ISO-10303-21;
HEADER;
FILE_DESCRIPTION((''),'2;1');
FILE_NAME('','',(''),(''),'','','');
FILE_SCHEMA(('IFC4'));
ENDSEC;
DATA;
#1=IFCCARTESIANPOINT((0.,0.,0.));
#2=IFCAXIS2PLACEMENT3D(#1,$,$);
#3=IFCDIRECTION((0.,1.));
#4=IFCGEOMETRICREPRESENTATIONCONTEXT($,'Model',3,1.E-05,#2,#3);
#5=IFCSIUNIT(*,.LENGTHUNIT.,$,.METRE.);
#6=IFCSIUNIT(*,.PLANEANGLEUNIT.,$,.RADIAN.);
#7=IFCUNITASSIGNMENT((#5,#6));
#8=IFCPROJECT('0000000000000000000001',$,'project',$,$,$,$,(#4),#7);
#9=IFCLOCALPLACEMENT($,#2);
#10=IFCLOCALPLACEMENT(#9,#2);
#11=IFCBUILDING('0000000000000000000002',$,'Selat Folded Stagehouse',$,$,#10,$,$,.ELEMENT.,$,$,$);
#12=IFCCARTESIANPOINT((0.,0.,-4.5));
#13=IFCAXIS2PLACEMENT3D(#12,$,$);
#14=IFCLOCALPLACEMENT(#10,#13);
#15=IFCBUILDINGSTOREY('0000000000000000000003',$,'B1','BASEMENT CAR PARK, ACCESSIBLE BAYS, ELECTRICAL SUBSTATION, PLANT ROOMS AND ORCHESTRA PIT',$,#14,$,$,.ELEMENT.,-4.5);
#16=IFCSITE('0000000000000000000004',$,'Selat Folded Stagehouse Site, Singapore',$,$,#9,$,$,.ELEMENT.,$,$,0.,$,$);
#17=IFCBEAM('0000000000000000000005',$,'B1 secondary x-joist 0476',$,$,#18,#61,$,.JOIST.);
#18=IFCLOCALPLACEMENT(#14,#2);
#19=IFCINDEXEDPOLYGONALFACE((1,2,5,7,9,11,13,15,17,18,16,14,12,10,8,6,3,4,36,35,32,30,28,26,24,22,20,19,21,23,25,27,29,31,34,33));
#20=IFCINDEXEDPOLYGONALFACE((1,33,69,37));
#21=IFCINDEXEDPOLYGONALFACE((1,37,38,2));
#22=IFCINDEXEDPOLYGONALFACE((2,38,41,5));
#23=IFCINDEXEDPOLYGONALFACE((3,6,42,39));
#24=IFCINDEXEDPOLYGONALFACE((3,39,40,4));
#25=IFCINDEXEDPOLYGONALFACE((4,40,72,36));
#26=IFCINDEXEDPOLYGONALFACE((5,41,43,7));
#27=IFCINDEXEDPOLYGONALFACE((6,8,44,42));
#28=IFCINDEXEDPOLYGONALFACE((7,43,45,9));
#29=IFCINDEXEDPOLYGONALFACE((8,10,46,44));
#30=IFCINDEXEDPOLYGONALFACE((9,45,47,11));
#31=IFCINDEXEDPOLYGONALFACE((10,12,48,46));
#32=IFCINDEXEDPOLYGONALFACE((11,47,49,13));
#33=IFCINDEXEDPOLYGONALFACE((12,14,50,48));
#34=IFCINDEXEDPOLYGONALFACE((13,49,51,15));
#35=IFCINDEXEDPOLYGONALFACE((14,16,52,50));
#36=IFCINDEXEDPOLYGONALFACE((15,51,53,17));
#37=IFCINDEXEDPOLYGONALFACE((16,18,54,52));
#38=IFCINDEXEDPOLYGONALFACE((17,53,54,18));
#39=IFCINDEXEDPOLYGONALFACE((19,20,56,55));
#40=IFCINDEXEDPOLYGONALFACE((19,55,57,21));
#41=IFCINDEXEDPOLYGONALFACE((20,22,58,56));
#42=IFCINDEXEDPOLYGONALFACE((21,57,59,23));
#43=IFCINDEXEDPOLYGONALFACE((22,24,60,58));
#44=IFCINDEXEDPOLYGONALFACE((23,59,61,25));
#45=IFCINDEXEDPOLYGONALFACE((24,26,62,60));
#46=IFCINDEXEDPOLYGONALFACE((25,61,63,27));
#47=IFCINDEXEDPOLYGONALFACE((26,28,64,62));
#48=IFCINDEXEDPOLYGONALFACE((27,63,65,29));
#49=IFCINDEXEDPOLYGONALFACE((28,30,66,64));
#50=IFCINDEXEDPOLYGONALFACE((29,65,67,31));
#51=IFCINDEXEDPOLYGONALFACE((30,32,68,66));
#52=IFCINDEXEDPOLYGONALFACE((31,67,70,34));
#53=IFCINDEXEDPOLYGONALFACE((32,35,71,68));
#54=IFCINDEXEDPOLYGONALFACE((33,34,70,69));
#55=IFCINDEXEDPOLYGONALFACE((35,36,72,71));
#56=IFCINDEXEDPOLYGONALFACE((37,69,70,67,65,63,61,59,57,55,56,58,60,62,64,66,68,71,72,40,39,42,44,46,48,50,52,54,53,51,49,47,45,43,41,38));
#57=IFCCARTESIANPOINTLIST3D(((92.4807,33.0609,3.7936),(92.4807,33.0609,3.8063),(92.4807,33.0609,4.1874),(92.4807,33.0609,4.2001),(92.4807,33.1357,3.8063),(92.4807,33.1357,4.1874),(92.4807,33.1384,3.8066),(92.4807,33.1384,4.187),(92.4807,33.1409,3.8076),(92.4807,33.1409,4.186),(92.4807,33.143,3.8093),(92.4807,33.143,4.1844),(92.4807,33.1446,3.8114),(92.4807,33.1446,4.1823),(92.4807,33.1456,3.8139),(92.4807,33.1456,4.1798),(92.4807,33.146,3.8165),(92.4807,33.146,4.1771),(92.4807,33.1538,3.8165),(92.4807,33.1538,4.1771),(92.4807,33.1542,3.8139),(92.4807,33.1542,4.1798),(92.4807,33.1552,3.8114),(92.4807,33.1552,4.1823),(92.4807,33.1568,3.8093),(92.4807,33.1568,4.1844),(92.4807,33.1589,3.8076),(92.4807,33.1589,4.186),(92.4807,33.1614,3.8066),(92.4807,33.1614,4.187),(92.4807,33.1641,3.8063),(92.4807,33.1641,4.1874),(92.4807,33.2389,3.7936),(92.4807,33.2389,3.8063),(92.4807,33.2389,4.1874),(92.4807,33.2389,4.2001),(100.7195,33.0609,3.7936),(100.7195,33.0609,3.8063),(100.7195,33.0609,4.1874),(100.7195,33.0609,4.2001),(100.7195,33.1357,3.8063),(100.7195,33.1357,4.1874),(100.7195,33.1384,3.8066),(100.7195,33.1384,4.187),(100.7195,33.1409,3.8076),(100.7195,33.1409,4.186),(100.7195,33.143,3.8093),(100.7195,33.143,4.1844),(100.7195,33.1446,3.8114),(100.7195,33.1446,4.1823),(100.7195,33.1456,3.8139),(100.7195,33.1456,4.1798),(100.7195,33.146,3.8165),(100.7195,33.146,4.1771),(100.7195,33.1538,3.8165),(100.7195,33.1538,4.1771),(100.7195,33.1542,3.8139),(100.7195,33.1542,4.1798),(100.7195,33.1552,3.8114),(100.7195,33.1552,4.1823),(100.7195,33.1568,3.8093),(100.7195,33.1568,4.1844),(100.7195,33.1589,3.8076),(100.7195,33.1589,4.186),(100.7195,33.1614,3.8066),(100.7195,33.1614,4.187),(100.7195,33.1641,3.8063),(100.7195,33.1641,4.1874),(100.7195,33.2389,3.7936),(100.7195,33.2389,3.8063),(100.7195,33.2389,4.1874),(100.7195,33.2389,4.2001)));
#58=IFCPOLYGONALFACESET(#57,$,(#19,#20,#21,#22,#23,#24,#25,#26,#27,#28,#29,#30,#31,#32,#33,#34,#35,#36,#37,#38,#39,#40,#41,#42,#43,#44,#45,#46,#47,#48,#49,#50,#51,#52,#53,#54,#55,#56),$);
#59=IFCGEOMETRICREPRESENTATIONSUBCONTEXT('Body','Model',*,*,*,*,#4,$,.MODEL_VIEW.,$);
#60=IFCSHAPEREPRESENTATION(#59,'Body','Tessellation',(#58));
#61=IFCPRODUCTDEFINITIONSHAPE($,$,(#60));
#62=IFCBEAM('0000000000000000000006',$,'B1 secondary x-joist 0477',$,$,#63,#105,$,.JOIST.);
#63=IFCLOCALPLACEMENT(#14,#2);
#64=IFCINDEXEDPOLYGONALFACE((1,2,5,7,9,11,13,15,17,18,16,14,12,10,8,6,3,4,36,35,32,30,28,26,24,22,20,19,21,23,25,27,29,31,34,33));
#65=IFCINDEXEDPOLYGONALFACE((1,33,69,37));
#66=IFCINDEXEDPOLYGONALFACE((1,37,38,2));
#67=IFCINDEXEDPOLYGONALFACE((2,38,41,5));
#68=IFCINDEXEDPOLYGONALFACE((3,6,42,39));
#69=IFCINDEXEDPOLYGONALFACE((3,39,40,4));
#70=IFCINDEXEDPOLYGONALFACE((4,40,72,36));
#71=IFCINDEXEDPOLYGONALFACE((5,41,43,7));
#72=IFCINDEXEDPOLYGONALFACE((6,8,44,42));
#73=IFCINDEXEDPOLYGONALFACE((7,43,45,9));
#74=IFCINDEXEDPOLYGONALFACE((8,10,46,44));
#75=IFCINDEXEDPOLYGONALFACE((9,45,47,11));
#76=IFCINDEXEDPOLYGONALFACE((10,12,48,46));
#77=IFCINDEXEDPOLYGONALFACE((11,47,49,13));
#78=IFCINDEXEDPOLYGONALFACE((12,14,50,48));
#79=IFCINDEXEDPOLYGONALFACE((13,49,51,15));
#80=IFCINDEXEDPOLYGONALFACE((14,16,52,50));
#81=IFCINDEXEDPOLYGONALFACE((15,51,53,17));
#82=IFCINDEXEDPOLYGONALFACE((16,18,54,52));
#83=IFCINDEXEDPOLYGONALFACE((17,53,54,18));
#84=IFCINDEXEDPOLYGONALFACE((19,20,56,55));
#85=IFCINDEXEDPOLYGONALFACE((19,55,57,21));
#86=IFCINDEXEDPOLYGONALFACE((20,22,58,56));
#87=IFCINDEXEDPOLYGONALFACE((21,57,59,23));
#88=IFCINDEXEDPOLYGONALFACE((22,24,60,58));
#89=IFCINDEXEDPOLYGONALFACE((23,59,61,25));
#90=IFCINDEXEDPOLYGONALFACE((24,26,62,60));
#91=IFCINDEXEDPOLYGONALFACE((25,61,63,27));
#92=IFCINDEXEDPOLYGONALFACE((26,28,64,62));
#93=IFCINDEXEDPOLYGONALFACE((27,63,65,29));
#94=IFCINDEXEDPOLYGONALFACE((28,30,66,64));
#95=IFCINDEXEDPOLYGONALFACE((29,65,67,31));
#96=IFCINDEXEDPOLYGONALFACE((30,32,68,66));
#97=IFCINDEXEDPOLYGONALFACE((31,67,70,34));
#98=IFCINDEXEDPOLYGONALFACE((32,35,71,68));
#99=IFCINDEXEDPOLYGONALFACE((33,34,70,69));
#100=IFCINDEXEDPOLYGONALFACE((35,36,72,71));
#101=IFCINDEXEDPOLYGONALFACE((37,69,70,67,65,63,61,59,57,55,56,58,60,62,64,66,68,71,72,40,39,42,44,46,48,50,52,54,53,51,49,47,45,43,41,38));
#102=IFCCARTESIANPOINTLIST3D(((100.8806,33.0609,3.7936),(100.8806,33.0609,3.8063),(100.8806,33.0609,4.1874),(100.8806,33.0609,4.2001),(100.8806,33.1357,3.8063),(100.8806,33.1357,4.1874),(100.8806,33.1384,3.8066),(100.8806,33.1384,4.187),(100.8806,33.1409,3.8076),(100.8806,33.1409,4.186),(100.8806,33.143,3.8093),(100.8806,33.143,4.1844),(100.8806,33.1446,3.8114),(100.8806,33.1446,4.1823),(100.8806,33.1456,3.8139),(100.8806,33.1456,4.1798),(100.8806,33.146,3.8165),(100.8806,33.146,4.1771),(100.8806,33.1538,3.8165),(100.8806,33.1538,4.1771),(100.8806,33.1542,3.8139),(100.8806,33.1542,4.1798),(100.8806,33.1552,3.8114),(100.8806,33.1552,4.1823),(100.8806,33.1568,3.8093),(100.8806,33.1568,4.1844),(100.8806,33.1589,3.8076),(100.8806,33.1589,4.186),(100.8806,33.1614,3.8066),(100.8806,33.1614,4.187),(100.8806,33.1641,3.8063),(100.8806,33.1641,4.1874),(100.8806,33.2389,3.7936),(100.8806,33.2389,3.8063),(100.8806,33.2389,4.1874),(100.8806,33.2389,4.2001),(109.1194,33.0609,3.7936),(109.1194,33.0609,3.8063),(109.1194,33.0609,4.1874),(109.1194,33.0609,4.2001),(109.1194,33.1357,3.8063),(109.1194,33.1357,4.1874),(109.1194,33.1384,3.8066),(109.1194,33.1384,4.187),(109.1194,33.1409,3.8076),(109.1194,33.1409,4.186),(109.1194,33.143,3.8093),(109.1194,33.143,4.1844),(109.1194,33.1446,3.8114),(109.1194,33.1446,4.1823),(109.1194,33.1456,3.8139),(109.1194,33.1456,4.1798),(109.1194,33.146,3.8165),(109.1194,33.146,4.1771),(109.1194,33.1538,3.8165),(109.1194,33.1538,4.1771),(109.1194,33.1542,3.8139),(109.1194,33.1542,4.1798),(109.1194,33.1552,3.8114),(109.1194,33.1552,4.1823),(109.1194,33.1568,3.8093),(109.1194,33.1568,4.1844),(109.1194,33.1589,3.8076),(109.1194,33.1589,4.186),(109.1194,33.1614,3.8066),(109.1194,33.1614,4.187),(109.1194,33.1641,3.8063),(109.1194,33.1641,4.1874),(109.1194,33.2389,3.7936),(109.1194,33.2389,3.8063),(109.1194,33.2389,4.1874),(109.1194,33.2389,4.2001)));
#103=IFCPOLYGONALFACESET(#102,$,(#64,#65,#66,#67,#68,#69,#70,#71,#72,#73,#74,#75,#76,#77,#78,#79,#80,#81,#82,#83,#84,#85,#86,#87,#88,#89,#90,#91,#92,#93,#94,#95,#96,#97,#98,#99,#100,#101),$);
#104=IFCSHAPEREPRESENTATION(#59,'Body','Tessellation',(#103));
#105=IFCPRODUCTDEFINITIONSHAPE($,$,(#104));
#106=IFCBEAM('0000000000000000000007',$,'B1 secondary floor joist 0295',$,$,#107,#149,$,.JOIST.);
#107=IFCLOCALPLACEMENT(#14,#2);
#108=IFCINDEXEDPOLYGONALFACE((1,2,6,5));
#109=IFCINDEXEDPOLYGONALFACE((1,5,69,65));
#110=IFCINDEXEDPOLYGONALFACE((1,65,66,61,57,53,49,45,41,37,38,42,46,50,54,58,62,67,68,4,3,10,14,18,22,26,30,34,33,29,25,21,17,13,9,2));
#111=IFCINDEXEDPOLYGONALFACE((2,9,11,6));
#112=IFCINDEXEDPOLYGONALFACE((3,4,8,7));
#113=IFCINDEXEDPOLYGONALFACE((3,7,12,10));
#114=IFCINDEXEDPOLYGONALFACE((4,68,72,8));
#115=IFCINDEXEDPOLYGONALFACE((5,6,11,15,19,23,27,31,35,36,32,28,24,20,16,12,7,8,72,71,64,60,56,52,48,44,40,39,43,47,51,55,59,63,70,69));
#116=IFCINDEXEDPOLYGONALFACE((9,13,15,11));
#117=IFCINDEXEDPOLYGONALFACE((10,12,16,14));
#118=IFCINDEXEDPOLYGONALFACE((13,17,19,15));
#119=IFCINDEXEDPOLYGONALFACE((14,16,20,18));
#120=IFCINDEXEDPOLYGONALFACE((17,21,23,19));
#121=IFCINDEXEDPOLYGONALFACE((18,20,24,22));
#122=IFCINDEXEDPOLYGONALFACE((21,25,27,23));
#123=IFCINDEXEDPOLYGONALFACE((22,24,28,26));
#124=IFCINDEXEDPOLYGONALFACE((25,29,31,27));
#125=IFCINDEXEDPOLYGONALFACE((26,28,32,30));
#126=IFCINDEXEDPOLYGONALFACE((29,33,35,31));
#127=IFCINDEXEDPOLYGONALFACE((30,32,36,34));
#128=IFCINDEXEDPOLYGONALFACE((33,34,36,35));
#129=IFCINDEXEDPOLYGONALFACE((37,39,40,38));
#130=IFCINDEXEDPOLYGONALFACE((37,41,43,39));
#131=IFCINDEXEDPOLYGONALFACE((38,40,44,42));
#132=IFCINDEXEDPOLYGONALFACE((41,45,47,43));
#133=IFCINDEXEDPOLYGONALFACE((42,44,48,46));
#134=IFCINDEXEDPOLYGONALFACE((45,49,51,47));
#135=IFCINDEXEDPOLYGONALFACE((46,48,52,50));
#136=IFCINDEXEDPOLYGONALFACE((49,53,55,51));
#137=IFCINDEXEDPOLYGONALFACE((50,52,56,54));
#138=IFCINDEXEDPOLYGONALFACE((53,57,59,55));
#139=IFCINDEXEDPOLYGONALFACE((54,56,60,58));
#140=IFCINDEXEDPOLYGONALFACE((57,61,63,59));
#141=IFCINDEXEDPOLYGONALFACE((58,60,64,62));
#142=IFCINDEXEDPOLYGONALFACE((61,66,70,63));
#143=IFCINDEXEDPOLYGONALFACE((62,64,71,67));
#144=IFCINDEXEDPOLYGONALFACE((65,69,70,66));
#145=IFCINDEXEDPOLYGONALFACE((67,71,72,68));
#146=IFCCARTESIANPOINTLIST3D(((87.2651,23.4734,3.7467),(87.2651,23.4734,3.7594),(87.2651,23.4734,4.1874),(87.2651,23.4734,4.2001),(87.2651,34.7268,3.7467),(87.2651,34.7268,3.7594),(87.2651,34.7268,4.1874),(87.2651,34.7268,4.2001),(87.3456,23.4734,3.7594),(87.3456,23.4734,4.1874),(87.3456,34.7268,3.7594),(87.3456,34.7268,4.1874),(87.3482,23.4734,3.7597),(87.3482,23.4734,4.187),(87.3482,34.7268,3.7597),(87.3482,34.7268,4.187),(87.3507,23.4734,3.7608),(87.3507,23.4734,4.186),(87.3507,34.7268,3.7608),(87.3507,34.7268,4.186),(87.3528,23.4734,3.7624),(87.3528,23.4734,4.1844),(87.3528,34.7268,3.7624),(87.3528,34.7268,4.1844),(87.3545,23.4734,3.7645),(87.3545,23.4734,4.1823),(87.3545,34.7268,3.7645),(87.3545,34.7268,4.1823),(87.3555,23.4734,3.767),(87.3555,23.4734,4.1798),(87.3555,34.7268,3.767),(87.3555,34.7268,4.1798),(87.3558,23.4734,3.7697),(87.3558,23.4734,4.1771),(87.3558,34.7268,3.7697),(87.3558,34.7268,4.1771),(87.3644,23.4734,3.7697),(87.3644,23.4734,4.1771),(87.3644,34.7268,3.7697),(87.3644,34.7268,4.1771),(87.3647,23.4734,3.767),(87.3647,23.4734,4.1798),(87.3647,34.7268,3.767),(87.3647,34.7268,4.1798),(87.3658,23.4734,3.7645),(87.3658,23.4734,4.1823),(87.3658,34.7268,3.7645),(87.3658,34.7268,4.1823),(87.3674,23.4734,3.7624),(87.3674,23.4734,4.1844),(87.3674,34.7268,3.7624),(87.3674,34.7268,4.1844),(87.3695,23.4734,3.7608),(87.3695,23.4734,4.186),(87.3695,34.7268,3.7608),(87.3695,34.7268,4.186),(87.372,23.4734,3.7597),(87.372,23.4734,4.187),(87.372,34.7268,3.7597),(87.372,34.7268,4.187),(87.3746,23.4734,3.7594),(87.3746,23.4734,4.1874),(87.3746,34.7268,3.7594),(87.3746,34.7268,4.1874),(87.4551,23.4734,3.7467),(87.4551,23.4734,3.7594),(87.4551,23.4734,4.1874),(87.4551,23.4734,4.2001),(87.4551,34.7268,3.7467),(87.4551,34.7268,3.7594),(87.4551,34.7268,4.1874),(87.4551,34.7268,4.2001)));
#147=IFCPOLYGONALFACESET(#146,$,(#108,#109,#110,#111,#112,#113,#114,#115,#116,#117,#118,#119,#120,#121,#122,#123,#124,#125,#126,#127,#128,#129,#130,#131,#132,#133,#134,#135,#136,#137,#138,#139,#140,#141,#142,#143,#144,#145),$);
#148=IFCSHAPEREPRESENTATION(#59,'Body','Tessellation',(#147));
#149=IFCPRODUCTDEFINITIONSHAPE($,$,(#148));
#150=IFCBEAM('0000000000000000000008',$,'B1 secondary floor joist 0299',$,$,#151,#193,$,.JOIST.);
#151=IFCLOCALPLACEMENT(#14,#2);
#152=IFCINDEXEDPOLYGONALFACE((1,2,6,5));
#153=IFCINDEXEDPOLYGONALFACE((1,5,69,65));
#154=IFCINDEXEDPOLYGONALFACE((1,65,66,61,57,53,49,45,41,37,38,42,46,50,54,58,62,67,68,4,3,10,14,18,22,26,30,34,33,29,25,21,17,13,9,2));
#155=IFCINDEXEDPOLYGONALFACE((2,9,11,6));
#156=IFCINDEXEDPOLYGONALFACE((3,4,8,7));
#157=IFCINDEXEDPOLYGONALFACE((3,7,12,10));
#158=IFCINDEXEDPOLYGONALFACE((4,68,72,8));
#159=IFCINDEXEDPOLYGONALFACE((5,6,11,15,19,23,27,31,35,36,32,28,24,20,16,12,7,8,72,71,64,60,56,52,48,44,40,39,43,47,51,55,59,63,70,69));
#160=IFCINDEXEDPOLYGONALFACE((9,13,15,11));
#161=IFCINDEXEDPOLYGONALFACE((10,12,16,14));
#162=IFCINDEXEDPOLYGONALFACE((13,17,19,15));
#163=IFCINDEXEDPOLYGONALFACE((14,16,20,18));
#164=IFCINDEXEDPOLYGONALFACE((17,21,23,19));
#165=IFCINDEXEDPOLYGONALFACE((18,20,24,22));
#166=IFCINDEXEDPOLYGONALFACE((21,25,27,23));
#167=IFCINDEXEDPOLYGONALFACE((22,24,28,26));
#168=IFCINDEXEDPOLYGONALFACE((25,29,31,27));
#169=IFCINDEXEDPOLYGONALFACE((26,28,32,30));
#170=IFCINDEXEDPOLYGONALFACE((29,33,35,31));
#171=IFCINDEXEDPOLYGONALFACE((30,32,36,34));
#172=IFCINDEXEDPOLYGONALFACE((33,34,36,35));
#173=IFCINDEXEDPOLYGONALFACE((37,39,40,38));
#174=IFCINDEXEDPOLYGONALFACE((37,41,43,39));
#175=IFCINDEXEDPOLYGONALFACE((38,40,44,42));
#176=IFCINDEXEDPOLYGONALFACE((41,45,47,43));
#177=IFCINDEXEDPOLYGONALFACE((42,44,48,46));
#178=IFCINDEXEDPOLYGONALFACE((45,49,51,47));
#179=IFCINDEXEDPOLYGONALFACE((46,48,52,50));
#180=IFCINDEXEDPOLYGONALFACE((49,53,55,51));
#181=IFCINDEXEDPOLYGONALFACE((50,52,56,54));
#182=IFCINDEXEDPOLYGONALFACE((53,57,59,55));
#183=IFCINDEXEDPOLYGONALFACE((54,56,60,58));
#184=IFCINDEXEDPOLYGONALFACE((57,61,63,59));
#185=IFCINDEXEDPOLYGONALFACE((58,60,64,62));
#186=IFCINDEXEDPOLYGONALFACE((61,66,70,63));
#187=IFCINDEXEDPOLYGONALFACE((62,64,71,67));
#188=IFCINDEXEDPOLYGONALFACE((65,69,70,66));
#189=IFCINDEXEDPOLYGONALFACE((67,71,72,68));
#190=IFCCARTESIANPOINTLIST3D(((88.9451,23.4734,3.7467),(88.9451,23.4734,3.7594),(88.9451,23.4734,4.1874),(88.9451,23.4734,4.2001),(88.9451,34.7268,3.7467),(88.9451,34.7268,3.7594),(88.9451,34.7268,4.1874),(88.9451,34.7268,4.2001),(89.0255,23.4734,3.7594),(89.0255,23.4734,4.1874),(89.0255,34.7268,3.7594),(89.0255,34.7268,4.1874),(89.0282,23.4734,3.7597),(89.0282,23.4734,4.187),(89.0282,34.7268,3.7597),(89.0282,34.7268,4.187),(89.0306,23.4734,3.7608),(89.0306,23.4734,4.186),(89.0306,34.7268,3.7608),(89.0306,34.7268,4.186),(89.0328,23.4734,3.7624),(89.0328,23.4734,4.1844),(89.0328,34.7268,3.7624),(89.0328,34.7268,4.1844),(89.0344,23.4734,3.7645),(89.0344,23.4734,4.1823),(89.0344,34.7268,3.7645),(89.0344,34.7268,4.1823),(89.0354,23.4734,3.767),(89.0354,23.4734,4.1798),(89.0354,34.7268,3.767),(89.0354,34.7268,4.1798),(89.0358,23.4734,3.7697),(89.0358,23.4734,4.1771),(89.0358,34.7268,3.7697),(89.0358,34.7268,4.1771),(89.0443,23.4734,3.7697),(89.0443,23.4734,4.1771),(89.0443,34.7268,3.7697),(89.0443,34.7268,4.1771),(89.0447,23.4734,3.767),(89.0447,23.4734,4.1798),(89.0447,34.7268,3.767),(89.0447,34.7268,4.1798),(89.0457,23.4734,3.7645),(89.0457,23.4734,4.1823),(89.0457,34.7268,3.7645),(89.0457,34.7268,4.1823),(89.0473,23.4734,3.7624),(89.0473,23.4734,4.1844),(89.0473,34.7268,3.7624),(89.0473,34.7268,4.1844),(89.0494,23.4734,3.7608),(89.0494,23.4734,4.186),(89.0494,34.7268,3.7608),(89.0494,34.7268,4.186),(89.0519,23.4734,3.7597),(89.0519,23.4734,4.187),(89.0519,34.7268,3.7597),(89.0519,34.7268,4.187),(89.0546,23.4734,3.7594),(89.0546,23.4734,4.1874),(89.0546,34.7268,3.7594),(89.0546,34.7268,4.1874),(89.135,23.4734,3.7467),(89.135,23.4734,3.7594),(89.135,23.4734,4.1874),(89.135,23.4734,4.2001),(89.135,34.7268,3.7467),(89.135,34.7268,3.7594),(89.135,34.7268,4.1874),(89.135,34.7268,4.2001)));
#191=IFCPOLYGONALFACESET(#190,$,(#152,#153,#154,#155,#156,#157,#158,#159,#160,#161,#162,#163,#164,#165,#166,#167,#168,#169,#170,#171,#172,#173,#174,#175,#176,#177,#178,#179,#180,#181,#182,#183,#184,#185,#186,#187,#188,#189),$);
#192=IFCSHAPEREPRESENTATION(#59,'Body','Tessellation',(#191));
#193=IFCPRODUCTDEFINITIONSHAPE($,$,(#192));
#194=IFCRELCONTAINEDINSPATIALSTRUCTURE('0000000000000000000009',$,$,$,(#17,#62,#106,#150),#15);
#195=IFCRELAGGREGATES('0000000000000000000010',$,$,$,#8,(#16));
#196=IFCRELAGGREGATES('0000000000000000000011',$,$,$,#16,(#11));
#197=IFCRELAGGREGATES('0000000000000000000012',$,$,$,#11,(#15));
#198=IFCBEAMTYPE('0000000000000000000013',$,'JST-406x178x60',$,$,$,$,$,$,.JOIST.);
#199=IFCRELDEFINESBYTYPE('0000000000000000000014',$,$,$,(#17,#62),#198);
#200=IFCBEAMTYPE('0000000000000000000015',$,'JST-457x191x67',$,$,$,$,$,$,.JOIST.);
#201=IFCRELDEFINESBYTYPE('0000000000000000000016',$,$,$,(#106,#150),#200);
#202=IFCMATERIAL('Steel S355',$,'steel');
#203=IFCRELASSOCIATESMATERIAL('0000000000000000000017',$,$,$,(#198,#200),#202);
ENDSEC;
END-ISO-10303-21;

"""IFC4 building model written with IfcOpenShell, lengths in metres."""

from ifc_helpers import new_model, si_unit, direction, frame, origin, origin_2d, place, context, subcontext, project, spatial, i_section, extrude, material, material_profile, profile_set, type_object, element, save


model = new_model("IFC4")

# Units and contexts
model_context = context("Model", 3, precision=1e-05, world=origin(), true_north=direction((0.0, 1.0)))
body_context = subcontext(model_context, "Body", "Model", "MODEL_VIEW")
ifc_project = project(units=[si_unit("LENGTHUNIT", "METRE"), si_unit("PLANEANGLEUNIT", "RADIAN")], contexts=[model_context])

# Site, building, storey
site_placement = place(None, origin())
site = spatial("IfcSite", under=ifc_project, at=site_placement, Name="Selat Folded Stagehouse Site, Singapore", CompositionType="ELEMENT", RefElevation=0.0)
building_placement = place(site_placement, origin())
building = spatial("IfcBuilding", under=site, at=building_placement, Name="Selat Folded Stagehouse", CompositionType="ELEMENT")
storey_placement = place(building_placement, frame((0.0, 0.0, -4.5)))
storey = spatial("IfcBuildingStorey", under=building, at=storey_placement, Name="B1", Description="BASEMENT CAR PARK, ACCESSIBLE BAYS, ELECTRICAL SUBSTATION, PLANT ROOMS AND ORCHESTRA PIT", CompositionType="ELEMENT", Elevation=-4.5)

# Shared definitions
ifc_material_1 = material(Name="Steel S355", Category="steel")

# Beams
ifc_material_profile_1 = material_profile(ifc_material_1, i_section(OverallWidth=0.178, OverallDepth=0.4065, WebThickness=0.0078, FlangeThickness=0.0127, FilletRadius=0.0103, at=origin_2d()), Name="UKB 406x178x60")
ifc_profile_set_1 = profile_set([ifc_material_profile_1], Name="Steel S355")
beam_type_1 = type_object("IfcBeamType", Name="JST-406x178x60", PredefinedType="JOIST", material=ifc_profile_set_1)
for number, where, z_axis, x_axis, name in (
    (1, (92.4807, 33.1499, 3.9968), (1.0, 0.0, 0.0), (0.0, 1.0, 0.0), "B1 secondary x-joist 0476"),
    (2, (100.8806, 33.1499, 3.9968), (1.0, 0.0, 0.0), (0.0, 1.0, 0.0), "B1 secondary x-joist 0477"),
):
    element("IfcBeam", number, at=place(storey_placement, frame(where, z_axis=z_axis, x_axis=x_axis)), inside=storey, type_object=beam_type_1, Name=name, PredefinedType="JOIST", context=body_context, shape_type="SweptSolid", body=[
        extrude(i_section(OverallWidth=0.178, OverallDepth=0.4065, WebThickness=0.0078, FlangeThickness=0.0127, FilletRadius=0.0103, at=origin_2d()), origin(), (0.0, 0.0, 1.0), 8.2388),
    ])
ifc_material_profile_2 = material_profile(ifc_material_1, i_section(OverallWidth=0.1899, OverallDepth=0.4534, WebThickness=0.0085, FlangeThickness=0.0127, FilletRadius=0.0103, at=origin_2d()), Name="UKB 457x191x67")
ifc_profile_set_2 = profile_set([ifc_material_profile_2], Name="Steel S355")
beam_type_2 = type_object("IfcBeamType", Name="JST-457x191x67", PredefinedType="JOIST", material=ifc_profile_set_2)
for number, where, z_axis, x_axis, name in (
    (3, (87.3601, 23.4734, 3.9734), (0.0, 1.0, 0.0), (-1.0, 0.0, 0.0), "B1 secondary floor joist 0295"),
    (4, (89.04, 23.4734, 3.9734), (0.0, 1.0, 0.0), (-1.0, 0.0, 0.0), "B1 secondary floor joist 0299"),
):
    element("IfcBeam", number, at=place(storey_placement, frame(where, z_axis=z_axis, x_axis=x_axis)), inside=storey, type_object=beam_type_2, Name=name, PredefinedType="JOIST", context=body_context, shape_type="SweptSolid", body=[
        extrude(i_section(OverallWidth=0.1899, OverallDepth=0.4534, WebThickness=0.0085, FlangeThickness=0.0127, FilletRadius=0.0103, at=origin_2d()), origin(), (0.0, 0.0, 1.0), 11.2534),
    ])

save(model, "model.ifc")
